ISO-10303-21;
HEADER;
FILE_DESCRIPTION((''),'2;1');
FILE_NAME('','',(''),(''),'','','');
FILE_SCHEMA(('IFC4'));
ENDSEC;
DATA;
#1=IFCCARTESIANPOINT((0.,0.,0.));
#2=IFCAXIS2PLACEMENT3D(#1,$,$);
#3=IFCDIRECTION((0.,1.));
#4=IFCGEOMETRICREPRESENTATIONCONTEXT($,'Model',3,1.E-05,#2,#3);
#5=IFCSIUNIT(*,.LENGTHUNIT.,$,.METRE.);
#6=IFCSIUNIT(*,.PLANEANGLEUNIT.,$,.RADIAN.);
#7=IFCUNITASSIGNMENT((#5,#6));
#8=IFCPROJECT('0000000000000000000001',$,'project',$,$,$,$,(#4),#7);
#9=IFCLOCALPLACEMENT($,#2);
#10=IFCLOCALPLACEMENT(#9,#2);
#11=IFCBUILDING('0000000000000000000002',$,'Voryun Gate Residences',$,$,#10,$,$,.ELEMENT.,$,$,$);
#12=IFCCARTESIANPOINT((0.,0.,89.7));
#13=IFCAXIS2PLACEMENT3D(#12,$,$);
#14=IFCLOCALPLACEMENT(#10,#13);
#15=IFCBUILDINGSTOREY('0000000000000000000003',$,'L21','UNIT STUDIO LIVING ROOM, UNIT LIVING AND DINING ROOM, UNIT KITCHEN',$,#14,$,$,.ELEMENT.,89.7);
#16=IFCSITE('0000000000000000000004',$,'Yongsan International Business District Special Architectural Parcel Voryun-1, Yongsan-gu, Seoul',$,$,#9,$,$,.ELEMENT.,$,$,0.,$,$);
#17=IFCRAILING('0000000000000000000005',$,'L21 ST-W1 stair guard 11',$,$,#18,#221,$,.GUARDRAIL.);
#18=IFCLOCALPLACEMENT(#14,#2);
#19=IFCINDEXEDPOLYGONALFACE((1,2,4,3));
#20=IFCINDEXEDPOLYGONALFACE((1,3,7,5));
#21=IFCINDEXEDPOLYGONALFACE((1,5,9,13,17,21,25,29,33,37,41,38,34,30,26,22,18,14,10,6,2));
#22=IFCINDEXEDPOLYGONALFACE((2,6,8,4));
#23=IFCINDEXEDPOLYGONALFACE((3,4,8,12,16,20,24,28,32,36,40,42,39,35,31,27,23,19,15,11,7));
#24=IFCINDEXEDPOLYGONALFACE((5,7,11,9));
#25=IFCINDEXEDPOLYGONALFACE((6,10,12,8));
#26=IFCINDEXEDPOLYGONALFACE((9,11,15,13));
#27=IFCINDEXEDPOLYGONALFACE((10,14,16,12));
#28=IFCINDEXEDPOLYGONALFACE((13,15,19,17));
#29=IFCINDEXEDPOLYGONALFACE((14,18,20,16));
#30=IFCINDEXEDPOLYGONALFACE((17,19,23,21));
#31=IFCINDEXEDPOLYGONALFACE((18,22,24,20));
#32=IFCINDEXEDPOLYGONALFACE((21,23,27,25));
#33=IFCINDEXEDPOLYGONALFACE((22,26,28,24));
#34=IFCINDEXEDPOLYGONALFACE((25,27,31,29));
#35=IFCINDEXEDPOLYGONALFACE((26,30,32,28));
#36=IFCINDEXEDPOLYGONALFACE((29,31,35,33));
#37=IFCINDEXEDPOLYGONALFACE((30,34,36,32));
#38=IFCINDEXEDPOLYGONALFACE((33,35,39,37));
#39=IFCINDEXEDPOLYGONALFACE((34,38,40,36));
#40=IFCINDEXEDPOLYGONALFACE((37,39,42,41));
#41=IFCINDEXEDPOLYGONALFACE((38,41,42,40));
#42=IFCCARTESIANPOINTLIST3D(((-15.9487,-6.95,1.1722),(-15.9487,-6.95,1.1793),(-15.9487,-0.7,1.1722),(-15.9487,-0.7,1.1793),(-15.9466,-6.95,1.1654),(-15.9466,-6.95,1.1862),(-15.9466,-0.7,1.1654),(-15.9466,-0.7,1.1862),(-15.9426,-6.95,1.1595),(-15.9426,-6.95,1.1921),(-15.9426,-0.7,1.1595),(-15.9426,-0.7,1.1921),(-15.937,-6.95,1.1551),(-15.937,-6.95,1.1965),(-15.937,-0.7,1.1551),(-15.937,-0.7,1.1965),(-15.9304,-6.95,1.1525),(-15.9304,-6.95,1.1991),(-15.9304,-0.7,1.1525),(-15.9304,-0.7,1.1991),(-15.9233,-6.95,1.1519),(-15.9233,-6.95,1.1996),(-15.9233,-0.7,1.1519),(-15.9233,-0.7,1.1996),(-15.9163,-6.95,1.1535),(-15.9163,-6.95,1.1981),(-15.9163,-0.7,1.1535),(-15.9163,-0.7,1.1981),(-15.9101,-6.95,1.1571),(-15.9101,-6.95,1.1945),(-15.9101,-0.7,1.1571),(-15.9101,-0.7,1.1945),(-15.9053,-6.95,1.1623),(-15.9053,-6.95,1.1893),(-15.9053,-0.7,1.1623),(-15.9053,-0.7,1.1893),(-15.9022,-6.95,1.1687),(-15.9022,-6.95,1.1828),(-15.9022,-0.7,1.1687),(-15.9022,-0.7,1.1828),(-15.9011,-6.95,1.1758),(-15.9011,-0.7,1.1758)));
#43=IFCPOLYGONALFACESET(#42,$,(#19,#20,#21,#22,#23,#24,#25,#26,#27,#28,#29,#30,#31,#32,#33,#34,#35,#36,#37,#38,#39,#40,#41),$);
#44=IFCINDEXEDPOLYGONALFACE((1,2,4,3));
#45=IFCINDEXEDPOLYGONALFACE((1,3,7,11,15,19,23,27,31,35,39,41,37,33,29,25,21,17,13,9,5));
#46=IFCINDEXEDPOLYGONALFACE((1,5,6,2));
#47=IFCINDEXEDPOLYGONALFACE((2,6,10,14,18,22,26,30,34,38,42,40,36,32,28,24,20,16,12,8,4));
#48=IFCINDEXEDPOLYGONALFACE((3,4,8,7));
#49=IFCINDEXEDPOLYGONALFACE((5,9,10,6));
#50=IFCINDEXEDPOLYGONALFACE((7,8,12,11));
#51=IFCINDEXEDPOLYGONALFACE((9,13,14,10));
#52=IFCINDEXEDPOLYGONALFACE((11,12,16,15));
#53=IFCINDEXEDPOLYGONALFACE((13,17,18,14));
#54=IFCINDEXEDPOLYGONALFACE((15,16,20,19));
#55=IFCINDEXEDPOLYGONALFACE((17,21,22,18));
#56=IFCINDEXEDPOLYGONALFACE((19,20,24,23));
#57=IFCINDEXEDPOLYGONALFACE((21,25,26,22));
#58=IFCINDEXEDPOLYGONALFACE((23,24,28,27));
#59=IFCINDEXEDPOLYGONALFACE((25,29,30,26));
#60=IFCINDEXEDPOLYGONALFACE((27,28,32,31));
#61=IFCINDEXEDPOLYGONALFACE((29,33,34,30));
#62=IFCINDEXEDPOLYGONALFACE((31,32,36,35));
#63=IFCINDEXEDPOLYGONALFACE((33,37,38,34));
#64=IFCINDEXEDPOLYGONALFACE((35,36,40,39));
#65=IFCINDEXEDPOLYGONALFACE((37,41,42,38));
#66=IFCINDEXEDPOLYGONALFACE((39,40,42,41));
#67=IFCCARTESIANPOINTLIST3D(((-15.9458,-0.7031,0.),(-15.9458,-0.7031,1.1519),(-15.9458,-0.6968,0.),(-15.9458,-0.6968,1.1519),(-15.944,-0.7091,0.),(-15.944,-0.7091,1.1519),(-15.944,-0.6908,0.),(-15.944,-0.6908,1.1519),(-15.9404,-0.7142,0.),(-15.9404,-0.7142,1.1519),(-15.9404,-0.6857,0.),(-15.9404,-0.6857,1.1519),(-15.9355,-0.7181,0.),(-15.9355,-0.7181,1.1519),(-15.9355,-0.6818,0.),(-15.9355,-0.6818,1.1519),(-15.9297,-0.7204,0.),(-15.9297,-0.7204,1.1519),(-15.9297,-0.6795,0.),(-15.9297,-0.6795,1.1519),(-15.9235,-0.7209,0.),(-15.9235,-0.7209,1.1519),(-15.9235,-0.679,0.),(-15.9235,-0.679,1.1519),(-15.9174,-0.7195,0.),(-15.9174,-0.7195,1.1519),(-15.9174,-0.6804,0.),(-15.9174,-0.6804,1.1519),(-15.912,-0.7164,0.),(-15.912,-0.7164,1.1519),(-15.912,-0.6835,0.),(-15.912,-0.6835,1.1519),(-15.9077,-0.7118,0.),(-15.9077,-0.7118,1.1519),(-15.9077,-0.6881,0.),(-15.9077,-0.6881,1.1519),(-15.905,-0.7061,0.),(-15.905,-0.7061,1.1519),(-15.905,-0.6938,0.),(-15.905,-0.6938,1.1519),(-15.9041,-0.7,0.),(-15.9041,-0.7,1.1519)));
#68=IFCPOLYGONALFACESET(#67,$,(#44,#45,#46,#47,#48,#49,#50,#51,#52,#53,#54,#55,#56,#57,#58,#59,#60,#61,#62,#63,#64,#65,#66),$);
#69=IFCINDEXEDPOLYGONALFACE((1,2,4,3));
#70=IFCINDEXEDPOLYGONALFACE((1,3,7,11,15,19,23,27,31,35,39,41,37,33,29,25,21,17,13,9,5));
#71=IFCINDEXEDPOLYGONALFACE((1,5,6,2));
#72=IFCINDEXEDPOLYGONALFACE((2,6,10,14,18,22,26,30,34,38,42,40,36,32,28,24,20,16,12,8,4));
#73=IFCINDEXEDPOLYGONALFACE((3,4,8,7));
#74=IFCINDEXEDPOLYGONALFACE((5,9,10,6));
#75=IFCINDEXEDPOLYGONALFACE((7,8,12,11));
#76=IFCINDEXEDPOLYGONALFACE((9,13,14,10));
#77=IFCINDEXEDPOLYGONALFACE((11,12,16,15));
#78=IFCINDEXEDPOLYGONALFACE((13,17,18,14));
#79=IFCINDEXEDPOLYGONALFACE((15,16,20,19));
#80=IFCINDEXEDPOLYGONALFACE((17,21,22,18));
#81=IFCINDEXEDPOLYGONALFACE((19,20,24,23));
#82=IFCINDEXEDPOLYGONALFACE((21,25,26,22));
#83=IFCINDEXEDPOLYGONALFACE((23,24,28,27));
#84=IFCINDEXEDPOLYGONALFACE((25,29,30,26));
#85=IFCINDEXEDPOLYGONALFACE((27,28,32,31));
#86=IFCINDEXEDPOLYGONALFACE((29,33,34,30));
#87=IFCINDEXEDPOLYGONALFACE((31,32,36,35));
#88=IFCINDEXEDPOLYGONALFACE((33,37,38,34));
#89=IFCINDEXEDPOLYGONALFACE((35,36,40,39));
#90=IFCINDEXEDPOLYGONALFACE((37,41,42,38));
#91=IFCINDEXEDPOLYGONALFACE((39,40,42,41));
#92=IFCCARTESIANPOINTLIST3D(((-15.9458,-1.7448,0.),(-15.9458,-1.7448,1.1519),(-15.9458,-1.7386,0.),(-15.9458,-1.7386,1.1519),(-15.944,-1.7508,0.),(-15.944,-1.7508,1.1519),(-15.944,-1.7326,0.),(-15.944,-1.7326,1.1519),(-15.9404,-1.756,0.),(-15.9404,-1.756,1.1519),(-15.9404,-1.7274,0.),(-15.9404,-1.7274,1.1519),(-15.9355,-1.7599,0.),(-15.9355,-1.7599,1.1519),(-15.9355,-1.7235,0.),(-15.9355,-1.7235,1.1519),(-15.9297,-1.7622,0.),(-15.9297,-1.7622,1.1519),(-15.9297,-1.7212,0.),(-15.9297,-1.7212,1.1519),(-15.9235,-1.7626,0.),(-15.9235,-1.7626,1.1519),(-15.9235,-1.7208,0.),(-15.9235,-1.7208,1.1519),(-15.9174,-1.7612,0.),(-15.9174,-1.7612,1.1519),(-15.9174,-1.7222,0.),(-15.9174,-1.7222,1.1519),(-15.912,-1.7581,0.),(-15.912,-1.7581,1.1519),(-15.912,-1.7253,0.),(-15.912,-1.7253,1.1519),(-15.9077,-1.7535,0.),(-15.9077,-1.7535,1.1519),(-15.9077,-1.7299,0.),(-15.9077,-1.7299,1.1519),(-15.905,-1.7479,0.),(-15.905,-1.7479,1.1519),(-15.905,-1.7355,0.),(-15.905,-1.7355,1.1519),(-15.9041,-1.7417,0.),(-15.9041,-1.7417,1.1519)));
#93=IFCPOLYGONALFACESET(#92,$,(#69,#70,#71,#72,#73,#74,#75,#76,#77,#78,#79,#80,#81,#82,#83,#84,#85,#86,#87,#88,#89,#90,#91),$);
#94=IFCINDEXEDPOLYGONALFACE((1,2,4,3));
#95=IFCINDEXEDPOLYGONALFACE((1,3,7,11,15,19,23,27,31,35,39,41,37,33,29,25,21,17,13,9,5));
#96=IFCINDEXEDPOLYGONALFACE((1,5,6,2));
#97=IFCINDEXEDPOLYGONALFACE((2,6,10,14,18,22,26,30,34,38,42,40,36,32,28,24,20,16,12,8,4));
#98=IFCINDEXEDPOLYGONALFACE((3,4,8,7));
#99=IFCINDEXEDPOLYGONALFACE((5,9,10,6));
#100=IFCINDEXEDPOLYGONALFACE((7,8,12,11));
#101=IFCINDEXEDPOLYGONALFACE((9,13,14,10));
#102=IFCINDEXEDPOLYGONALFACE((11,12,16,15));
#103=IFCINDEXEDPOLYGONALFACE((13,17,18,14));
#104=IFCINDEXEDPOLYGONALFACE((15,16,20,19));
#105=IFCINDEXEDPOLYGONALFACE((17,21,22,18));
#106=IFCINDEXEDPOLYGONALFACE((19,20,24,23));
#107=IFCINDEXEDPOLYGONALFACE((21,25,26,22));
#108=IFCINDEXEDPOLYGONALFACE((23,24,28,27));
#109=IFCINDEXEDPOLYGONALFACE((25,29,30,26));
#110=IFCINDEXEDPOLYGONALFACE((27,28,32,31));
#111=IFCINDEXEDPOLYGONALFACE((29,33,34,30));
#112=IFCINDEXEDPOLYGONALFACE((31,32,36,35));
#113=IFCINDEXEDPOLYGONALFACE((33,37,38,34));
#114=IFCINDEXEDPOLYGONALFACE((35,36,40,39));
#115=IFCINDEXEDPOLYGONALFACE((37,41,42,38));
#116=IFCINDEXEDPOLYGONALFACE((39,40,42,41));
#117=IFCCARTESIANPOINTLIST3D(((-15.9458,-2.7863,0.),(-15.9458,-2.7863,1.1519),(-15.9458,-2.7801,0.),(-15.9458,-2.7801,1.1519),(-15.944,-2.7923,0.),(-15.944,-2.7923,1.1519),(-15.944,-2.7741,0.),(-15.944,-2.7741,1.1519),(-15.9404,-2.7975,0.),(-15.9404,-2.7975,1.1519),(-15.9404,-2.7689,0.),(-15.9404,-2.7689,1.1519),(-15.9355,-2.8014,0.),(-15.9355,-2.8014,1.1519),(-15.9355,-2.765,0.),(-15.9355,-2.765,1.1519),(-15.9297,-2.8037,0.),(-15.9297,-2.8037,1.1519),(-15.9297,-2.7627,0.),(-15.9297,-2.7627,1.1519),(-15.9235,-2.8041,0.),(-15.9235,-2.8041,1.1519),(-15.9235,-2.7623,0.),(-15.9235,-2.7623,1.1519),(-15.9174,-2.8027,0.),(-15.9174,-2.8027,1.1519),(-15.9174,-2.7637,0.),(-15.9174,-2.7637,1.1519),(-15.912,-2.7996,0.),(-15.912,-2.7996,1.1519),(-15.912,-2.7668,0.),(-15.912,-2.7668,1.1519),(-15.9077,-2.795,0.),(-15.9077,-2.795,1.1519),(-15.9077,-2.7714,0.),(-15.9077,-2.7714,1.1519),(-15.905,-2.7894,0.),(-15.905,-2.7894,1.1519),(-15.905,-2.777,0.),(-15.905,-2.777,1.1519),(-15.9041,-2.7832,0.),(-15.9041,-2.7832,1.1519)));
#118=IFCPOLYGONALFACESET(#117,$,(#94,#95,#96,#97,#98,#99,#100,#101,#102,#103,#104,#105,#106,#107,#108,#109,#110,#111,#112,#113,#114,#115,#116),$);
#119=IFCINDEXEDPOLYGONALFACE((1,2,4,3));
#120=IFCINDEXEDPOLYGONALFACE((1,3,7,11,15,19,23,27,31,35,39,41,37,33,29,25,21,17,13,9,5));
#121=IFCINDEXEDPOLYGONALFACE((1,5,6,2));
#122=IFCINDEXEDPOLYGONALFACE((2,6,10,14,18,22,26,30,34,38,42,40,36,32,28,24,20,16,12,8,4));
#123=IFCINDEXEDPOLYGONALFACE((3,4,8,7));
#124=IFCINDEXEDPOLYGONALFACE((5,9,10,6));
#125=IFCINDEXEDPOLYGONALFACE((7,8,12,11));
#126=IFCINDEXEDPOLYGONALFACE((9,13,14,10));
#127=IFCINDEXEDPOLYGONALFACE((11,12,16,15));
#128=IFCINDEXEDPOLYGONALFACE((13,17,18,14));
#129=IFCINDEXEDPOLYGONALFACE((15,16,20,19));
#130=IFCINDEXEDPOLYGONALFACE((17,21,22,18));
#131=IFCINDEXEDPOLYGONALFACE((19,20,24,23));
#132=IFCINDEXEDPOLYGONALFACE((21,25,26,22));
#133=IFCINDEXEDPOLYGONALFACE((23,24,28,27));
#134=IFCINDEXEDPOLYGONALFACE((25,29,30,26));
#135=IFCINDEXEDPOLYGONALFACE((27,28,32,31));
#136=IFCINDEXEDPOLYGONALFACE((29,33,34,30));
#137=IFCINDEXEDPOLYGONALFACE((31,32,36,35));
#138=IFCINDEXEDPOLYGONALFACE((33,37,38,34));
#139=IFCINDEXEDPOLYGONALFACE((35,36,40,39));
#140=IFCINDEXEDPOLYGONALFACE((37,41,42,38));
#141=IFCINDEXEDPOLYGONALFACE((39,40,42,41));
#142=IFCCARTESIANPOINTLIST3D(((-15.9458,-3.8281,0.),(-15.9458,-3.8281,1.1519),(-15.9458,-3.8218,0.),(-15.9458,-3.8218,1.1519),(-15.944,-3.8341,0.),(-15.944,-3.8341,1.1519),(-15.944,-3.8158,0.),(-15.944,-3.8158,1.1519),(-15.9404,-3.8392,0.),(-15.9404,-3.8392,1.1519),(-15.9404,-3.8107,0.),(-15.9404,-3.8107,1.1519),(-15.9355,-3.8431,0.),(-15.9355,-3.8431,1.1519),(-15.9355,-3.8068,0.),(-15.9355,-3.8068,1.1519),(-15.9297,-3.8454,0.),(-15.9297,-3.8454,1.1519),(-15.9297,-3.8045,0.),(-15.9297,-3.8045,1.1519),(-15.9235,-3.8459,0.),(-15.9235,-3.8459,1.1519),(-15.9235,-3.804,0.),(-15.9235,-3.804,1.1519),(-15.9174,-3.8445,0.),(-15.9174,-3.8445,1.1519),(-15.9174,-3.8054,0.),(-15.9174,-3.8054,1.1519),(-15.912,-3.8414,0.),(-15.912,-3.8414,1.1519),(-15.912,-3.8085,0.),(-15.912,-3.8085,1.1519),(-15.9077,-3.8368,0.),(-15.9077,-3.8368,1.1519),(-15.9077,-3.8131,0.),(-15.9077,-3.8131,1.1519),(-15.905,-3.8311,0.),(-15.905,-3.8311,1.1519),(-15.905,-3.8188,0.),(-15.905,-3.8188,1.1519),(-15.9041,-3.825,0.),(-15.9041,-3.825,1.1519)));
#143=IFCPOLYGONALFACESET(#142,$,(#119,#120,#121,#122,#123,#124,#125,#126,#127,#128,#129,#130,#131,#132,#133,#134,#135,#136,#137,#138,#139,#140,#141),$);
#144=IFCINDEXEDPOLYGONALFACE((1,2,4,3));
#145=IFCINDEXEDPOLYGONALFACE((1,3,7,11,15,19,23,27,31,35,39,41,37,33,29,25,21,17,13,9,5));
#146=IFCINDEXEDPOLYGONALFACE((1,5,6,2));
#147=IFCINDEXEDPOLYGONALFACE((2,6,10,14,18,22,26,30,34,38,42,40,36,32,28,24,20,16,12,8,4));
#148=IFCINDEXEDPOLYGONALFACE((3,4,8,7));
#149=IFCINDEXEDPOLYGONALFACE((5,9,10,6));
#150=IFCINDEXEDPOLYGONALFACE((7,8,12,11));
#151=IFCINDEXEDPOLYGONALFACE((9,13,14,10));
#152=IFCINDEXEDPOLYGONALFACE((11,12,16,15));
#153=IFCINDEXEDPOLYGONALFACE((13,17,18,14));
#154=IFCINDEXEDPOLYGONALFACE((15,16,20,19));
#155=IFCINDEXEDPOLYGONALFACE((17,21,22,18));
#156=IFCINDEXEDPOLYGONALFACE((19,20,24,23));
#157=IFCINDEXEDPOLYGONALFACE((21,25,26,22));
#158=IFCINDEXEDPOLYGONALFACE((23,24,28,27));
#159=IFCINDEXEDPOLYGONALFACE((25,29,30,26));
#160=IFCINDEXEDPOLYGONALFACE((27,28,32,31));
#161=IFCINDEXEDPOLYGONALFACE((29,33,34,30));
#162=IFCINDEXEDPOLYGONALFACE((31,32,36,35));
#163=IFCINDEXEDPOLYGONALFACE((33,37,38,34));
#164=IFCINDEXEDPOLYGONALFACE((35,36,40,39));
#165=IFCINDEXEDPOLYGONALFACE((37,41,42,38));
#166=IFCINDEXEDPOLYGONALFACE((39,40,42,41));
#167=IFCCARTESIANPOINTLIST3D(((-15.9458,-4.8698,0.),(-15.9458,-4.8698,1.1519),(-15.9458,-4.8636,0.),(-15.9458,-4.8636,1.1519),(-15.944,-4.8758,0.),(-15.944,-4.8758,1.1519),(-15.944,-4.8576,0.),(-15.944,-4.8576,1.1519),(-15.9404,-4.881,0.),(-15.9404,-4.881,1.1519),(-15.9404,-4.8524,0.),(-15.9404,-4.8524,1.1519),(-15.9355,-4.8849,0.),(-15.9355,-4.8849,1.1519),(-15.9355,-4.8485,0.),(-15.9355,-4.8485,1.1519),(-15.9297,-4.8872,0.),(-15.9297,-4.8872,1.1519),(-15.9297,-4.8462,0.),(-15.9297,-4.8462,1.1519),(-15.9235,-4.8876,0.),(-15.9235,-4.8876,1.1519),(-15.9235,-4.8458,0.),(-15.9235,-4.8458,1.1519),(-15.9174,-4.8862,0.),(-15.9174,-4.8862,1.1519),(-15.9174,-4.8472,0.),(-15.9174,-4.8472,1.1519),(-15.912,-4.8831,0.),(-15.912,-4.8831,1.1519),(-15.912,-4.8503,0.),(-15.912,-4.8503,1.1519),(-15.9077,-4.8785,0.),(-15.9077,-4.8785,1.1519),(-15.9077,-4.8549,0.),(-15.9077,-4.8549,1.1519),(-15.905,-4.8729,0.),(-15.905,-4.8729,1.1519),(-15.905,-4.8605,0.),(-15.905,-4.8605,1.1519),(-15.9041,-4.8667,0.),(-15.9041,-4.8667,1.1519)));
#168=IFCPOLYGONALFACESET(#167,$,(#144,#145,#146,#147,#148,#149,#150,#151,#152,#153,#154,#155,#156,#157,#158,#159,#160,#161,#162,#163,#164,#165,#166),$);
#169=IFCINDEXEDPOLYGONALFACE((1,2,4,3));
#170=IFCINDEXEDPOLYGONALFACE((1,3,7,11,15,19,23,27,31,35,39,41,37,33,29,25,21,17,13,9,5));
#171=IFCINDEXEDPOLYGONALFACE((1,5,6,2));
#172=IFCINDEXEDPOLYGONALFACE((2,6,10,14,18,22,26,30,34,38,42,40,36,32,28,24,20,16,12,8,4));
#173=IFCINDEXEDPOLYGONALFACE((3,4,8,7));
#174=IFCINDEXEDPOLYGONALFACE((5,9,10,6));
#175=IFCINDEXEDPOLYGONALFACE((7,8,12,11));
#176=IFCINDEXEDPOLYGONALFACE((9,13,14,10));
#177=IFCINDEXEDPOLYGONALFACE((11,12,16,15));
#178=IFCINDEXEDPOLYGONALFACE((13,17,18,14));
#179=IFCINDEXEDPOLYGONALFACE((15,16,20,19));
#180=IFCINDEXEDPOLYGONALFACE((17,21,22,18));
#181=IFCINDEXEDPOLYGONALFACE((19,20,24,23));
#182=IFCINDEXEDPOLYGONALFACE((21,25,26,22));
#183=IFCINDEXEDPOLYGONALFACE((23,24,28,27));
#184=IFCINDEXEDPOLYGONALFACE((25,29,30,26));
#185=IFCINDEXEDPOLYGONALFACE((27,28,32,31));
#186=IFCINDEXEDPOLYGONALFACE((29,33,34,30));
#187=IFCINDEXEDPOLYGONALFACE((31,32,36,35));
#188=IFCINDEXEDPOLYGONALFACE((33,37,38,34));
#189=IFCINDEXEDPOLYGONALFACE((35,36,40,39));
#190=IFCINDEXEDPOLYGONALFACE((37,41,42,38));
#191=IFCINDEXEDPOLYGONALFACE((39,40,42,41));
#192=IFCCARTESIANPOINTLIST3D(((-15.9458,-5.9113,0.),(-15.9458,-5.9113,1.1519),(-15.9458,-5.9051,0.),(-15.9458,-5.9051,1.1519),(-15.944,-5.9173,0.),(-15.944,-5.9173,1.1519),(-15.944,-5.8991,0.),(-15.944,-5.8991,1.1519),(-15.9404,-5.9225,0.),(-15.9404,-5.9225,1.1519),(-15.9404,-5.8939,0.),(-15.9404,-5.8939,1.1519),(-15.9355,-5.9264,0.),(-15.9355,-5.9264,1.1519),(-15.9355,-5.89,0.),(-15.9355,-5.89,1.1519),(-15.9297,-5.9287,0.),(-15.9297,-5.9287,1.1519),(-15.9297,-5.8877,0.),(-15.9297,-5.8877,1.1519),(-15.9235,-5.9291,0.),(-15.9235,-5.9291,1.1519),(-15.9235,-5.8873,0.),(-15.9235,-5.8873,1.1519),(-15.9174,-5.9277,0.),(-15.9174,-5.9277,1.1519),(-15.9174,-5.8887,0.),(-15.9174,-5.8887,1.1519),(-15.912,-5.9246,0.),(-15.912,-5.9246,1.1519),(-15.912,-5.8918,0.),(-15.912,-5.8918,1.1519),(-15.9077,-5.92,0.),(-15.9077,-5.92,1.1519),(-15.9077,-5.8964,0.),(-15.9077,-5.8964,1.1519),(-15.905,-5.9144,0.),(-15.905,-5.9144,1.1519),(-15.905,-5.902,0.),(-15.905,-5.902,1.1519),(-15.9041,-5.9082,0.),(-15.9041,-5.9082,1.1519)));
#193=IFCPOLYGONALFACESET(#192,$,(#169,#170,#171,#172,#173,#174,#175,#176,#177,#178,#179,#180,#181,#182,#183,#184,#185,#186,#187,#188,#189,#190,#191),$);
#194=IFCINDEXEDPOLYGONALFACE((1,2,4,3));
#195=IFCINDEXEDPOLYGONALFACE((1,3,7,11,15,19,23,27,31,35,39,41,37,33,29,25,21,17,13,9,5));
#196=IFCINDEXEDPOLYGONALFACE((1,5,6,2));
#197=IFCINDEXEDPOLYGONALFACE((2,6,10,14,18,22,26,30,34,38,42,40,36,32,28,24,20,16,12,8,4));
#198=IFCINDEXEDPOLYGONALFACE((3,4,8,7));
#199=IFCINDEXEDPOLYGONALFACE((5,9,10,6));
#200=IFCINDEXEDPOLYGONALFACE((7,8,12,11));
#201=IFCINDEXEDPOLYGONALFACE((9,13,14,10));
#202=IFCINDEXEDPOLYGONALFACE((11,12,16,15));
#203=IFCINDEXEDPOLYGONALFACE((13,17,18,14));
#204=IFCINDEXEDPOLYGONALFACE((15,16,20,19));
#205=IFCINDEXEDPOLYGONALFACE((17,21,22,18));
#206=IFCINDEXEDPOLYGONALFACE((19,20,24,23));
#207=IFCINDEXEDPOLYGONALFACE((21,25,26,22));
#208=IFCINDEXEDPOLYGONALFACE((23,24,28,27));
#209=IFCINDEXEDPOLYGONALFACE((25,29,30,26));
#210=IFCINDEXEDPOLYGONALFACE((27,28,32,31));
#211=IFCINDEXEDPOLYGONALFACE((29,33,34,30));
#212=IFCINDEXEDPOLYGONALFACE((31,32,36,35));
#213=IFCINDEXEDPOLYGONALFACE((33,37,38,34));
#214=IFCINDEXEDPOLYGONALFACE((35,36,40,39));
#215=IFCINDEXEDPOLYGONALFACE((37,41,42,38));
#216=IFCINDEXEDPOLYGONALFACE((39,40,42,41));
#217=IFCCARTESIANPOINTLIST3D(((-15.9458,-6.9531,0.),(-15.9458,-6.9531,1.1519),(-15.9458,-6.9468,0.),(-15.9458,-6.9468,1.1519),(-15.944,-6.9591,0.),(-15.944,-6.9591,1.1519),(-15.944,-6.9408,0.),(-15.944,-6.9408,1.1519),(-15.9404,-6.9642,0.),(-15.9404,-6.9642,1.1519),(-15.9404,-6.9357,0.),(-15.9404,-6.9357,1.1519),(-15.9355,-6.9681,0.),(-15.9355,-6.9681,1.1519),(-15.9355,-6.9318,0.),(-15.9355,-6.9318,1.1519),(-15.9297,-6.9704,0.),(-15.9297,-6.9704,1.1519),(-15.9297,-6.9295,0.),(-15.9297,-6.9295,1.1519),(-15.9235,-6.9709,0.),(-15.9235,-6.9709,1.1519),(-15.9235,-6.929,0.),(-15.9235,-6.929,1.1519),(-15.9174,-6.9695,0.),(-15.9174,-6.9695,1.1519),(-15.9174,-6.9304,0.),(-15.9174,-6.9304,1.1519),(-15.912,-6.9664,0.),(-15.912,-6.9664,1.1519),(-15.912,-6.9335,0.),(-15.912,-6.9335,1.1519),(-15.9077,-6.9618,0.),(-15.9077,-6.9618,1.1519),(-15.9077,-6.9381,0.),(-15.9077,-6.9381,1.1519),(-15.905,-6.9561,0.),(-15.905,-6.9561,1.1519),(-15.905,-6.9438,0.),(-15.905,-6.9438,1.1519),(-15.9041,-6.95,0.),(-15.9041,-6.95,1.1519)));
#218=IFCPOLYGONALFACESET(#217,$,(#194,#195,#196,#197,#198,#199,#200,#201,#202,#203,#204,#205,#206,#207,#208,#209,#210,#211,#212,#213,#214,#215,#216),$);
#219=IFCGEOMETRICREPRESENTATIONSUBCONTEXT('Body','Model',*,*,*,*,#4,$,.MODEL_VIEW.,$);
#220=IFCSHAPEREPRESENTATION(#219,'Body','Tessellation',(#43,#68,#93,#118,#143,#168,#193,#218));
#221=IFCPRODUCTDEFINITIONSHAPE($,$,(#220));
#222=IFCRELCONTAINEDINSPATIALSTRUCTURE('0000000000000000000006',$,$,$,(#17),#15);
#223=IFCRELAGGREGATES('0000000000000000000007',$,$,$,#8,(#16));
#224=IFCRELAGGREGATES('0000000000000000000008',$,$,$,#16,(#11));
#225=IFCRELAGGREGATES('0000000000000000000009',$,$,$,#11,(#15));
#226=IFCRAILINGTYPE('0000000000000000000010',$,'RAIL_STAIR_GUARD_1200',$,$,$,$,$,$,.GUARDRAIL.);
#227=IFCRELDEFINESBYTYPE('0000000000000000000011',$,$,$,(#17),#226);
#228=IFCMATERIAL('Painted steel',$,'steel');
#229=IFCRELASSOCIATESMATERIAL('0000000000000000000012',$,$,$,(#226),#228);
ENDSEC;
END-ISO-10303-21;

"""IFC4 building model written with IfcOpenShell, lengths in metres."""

from ifc_helpers import new_model, si_unit, direction, frame, origin, origin_2d, place, context, subcontext, project, spatial, circle, extrude, material, type_object, element, save


model = new_model("IFC4")

# Units and contexts
model_context = context("Model", 3, precision=1e-05, world=origin(), true_north=direction((0.0, 1.0)))
body_context = subcontext(model_context, "Body", "Model", "MODEL_VIEW")
ifc_project = project(units=[si_unit("LENGTHUNIT", "METRE"), si_unit("PLANEANGLEUNIT", "RADIAN")], contexts=[model_context])

# Site, building, storey
site_placement = place(None, origin())
site = spatial("IfcSite", under=ifc_project, at=site_placement, Name="Yongsan International Business District Special Architectural Parcel Voryun-1, Yongsan-gu, Seoul", CompositionType="ELEMENT", RefElevation=0.0)
building_placement = place(site_placement, origin())
building = spatial("IfcBuilding", under=site, at=building_placement, Name="Voryun Gate Residences", CompositionType="ELEMENT")
storey_placement = place(building_placement, frame((0.0, 0.0, 89.7)))
storey = spatial("IfcBuildingStorey", under=building, at=storey_placement, Name="L21", Description="UNIT STUDIO LIVING ROOM, UNIT LIVING AND DINING ROOM, UNIT KITCHEN", CompositionType="ELEMENT", Elevation=89.7)

# Railing
ifc_material_1 = material(Name="Painted steel", Category="steel")
railing_type_1 = type_object("IfcRailingType", Name="RAIL_STAIR_GUARD_1200", PredefinedType="GUARDRAIL", material=ifc_material_1)
railing_1_placement = place(storey_placement, frame((-15.925, -0.7, 0.0)))
element("IfcRailing", 1, at=railing_1_placement, inside=storey, type_object=railing_type_1, Name="L21 ST-W1 stair guard 11", PredefinedType="GUARDRAIL", context=body_context, shape_type="SweptSolid", body=[
    extrude(circle(Radius=0.0239, at=origin_2d()), frame((0.0, 0.0, 1.1758), z_axis=(0.0, -1.0, 0.0), x_axis=(1.0, 0.0, 0.0)), (0.0, 0.0, 1.0), 6.25),
    extrude(circle(Radius=0.021, at=origin_2d()), origin(), (0.0, 0.0, 1.0), 1.1519),
    extrude(circle(Radius=0.021, at=origin_2d()), frame((0.0, -1.0417, 0.0)), (0.0, 0.0, 1.0), 1.1519),
    extrude(circle(Radius=0.021, at=origin_2d()), frame((0.0, -2.0833, 0.0)), (0.0, 0.0, 1.0), 1.1519),
    extrude(circle(Radius=0.021, at=origin_2d()), frame((0.0, -3.125, 0.0)), (0.0, 0.0, 1.0), 1.1519),
    extrude(circle(Radius=0.021, at=origin_2d()), frame((0.0, -4.1667, 0.0)), (0.0, 0.0, 1.0), 1.1519),
    extrude(circle(Radius=0.021, at=origin_2d()), frame((0.0, -5.2083, 0.0)), (0.0, 0.0, 1.0), 1.1519),
    extrude(circle(Radius=0.021, at=origin_2d()), frame((0.0, -6.25, 0.0)), (0.0, 0.0, 1.0), 1.1519),
])

save(model, "model.ifc")
